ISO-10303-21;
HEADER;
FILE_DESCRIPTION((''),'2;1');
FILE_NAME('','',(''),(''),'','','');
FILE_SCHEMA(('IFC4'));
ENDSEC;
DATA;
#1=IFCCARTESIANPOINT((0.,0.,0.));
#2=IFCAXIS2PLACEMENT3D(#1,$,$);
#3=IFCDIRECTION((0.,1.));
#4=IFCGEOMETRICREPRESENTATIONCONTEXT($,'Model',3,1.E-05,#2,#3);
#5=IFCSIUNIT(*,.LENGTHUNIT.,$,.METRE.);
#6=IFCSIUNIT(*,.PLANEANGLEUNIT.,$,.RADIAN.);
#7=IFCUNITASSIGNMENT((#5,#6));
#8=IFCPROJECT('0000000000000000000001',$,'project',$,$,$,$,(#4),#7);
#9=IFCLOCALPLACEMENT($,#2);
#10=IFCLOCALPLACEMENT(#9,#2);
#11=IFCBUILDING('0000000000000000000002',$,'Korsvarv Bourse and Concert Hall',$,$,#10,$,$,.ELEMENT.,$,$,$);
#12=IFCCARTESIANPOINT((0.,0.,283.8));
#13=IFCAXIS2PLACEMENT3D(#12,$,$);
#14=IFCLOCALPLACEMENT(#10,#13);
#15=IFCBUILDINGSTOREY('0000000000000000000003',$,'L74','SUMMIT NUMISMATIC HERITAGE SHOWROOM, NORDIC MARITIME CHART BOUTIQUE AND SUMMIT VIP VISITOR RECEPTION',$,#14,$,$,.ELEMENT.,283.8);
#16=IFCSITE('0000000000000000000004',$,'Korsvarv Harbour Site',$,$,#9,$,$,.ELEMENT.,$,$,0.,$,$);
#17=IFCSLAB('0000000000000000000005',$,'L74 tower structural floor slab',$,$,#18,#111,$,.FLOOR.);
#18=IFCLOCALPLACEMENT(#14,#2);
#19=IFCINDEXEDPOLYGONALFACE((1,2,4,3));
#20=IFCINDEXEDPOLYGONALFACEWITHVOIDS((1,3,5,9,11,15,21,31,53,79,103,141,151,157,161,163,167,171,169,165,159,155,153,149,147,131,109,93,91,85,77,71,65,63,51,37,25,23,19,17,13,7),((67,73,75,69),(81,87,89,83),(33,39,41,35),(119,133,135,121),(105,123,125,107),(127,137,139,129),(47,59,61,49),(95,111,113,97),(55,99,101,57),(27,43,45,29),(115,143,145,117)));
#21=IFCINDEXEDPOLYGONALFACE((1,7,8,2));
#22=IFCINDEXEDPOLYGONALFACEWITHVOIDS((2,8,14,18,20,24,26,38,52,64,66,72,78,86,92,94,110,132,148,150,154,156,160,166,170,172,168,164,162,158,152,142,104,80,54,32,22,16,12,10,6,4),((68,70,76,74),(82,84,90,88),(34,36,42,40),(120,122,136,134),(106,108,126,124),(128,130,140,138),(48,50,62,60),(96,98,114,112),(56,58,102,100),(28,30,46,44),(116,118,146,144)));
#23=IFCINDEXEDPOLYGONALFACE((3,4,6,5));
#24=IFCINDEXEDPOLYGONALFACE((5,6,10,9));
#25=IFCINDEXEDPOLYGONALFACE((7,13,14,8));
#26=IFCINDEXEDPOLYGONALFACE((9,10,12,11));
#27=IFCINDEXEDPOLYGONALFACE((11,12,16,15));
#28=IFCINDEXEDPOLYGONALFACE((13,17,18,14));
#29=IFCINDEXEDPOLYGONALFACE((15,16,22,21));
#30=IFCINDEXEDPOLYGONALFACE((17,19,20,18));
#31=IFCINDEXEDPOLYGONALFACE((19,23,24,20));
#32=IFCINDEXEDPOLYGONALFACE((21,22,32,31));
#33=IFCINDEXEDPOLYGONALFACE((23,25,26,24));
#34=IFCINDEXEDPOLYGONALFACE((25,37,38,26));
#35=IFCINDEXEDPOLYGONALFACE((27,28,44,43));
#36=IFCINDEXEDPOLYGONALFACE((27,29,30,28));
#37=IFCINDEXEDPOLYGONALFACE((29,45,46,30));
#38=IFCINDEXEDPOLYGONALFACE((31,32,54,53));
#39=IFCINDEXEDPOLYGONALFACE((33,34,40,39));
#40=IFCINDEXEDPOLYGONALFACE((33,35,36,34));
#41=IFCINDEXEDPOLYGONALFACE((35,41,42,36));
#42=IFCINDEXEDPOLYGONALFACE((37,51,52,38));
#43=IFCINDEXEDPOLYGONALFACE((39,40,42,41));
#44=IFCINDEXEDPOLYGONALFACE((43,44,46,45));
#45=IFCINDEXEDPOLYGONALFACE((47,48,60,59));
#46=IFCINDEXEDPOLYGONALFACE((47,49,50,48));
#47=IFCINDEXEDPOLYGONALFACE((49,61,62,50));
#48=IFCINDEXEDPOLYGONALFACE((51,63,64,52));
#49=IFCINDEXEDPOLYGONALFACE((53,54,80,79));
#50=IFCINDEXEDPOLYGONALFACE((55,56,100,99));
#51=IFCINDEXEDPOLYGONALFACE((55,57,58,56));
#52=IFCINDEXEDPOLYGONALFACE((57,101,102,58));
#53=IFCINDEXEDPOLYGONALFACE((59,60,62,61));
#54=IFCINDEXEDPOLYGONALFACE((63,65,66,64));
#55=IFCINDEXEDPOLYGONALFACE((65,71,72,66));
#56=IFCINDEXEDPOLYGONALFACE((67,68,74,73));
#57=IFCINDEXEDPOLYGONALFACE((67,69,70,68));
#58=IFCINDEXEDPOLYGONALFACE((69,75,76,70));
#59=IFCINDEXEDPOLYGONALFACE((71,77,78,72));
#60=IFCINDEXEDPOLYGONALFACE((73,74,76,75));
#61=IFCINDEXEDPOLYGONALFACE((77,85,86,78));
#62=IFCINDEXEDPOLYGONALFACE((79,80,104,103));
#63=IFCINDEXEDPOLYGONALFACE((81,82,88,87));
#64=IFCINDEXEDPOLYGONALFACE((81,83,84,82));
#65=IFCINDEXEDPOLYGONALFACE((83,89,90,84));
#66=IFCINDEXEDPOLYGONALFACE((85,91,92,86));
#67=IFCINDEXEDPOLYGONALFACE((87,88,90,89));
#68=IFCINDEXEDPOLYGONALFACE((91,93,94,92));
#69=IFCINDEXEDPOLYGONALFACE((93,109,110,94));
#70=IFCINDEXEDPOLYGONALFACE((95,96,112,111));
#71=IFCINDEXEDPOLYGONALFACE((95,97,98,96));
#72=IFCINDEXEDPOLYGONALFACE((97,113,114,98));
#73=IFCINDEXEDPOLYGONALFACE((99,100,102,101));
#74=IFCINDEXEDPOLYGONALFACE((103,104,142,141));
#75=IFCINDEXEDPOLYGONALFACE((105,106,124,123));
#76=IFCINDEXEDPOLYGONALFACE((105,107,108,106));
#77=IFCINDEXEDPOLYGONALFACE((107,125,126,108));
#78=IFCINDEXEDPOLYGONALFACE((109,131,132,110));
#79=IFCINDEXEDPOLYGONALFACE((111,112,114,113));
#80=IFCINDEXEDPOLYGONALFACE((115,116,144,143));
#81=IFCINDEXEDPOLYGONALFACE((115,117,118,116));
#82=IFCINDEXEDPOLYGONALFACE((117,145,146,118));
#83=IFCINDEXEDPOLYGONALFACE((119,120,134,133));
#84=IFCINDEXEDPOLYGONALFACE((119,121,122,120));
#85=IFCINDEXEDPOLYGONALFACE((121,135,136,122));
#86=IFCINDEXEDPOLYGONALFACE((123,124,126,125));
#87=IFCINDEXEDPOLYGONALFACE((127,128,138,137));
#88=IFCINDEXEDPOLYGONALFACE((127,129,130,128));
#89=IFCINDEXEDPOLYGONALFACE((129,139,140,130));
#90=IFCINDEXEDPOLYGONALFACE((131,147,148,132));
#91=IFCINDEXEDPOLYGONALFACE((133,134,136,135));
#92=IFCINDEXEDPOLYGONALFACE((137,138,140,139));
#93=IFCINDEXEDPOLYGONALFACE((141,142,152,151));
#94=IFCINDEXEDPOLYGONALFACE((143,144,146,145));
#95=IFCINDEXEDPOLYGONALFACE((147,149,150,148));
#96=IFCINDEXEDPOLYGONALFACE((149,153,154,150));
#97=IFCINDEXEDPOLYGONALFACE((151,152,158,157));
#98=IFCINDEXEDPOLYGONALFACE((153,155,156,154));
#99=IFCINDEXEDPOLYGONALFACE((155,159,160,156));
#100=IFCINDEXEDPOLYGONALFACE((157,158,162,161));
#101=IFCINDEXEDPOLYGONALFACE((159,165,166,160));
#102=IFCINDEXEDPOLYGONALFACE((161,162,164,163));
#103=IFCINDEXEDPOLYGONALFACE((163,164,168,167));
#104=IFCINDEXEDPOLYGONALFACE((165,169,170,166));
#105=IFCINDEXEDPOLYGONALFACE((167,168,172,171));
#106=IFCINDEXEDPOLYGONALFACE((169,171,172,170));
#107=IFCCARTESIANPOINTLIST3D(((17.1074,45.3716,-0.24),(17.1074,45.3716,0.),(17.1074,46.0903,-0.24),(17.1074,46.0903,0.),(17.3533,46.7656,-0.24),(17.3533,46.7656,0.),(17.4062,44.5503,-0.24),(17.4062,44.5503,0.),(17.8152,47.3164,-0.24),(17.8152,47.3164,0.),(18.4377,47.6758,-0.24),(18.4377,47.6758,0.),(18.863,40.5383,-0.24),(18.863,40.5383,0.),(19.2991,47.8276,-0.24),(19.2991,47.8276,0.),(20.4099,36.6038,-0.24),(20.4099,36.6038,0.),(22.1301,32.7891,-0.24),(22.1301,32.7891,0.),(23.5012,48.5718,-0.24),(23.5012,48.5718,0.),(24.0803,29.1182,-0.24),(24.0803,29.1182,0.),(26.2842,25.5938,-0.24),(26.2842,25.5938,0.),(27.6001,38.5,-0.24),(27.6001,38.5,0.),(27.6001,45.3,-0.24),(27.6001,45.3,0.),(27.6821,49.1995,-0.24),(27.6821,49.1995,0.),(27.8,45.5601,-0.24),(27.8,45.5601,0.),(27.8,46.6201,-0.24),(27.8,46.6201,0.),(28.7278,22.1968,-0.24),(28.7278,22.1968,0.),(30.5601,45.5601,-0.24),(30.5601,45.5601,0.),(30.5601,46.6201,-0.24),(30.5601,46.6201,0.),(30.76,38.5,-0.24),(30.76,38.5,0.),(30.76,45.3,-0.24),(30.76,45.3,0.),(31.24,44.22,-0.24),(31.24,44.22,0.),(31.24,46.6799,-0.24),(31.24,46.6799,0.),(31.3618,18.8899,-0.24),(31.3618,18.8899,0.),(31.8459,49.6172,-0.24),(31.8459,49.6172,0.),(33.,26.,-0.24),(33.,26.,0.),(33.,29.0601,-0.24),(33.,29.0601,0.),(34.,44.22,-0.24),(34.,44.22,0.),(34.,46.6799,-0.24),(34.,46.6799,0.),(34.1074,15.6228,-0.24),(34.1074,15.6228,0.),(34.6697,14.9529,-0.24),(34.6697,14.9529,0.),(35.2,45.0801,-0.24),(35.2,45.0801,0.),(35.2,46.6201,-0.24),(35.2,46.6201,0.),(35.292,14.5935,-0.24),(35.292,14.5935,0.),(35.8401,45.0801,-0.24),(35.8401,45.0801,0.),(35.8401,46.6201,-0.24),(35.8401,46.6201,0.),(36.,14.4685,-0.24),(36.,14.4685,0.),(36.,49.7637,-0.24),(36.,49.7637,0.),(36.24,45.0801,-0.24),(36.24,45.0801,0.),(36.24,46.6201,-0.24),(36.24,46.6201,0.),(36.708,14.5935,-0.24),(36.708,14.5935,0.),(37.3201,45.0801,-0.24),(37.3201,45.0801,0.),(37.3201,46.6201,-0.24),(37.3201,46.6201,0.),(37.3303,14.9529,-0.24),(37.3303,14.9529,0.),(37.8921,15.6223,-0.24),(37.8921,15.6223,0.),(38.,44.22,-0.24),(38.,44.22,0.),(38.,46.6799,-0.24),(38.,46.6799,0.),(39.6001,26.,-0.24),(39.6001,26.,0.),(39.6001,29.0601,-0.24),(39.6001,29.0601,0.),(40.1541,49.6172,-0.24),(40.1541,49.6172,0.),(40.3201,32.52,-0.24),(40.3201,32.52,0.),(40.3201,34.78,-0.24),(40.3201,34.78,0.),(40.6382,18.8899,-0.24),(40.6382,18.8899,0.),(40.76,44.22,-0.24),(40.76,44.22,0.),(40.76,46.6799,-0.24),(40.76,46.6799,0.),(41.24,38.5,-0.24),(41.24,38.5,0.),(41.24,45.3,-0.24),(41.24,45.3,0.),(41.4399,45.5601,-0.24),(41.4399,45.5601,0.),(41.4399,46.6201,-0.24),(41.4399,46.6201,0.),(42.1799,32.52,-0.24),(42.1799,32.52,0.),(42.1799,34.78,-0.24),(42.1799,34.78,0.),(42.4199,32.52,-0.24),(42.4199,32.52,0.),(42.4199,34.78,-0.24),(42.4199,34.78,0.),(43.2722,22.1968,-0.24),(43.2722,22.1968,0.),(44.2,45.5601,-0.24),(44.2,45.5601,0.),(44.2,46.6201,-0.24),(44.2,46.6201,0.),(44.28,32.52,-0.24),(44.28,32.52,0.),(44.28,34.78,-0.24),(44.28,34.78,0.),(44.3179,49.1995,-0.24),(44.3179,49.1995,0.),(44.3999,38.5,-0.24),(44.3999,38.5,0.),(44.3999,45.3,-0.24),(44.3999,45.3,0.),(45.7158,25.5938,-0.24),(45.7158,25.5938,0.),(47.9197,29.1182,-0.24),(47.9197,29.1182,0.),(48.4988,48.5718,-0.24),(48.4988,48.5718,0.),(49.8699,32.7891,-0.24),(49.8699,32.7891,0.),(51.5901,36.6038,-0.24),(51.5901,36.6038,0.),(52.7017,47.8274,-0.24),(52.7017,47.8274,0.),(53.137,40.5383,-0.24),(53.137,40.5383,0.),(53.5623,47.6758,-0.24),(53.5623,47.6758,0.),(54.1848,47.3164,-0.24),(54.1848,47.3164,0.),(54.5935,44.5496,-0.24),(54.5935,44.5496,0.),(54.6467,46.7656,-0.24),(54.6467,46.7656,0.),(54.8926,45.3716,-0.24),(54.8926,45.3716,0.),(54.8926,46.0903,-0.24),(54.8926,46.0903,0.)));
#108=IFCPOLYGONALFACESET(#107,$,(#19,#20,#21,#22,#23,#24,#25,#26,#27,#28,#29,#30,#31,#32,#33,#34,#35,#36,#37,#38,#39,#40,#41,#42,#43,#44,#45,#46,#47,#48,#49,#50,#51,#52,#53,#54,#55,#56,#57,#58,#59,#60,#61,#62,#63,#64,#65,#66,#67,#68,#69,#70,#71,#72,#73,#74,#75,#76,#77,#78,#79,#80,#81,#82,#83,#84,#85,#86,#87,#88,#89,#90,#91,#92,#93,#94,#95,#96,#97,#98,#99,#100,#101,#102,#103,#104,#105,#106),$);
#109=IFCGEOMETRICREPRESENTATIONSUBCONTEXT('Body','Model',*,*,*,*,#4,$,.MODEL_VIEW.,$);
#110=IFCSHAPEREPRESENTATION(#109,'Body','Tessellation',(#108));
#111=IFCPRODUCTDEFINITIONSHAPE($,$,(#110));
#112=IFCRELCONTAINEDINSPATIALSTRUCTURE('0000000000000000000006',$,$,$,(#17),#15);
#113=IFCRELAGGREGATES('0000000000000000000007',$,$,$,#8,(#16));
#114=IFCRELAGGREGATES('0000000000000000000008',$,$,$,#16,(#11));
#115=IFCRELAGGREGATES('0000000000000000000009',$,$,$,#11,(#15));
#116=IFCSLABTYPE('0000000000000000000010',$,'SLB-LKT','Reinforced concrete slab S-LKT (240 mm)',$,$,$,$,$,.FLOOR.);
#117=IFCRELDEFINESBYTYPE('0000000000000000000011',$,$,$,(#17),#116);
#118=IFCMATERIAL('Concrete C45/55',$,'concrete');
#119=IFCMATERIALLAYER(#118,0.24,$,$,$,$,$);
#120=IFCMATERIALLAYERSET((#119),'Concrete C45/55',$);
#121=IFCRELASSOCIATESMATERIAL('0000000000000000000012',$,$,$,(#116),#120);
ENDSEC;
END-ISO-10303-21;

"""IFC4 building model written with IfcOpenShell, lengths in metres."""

from ifc_helpers import new_model, si_unit, direction, frame, origin, place, context, subcontext, project, spatial, polyline, outline, extrude, material, layer, layer_set, type_object, element, save


model = new_model("IFC4")

# Units and contexts
model_context = context("Model", 3, precision=1e-05, world=origin(), true_north=direction((0.0, 1.0)))
body_context = subcontext(model_context, "Body", "Model", "MODEL_VIEW")
ifc_project = project(units=[si_unit("LENGTHUNIT", "METRE"), si_unit("PLANEANGLEUNIT", "RADIAN")], contexts=[model_context])

# Site, building, storey
site_placement = place(None, origin())
site = spatial("IfcSite", under=ifc_project, at=site_placement, Name="Korsvarv Harbour Site", CompositionType="ELEMENT", RefElevation=0.0)
building_placement = place(site_placement, origin())
building = spatial("IfcBuilding", under=site, at=building_placement, Name="Korsvarv Bourse and Concert Hall", CompositionType="ELEMENT")
storey_placement = place(building_placement, frame((0.0, 0.0, 283.8)))
storey = spatial("IfcBuildingStorey", under=building, at=storey_placement, Name="L74", Description="SUMMIT NUMISMATIC HERITAGE SHOWROOM, NORDIC MARITIME CHART BOUTIQUE AND SUMMIT VIP VISITOR RECEPTION", CompositionType="ELEMENT", Elevation=283.8)

# Slab
ifc_material_1 = material(Name="Concrete C45/55", Category="concrete")
ifc_layer_1 = layer(ifc_material_1, 0.24)
ifc_layer_set_1 = layer_set([ifc_layer_1], Name="Concrete C45/55")
slab_type_1 = type_object("IfcSlabType", Name="SLB-LKT", Description="Reinforced concrete slab S-LKT (240 mm)", PredefinedType="FLOOR", material=ifc_layer_set_1)
slab_1_placement = place(storey_placement, frame((0.0, 0.0, -0.24)))
element("IfcSlab", 1, at=slab_1_placement, inside=storey, type_object=slab_type_1, Name="L74 tower structural floor slab", PredefinedType="FLOOR", context=body_context, shape_type="SweptSolid", body=[
    extrude(outline(polyline([(54.5935, 44.5496), (53.137, 40.5383), (51.5901, 36.6038), (49.8699, 32.7891), (47.9197, 29.1182), (45.7158, 25.5938), (43.2722, 22.1968), (40.6382, 18.8899), (37.8921, 15.6223), (37.3303, 14.9529), (36.708, 14.5935), (36.0, 14.4685), (35.292, 14.5935), (34.6697, 14.9529), (34.1074, 15.6228), (31.3618, 18.8899), (28.7278, 22.1968), (26.2842, 25.5938), (24.0803, 29.1182), (22.1301, 32.7891), (20.4099, 36.6038), (18.863, 40.5383), (17.4062, 44.5503), (17.1074, 45.3716), (17.1074, 46.0903), (17.3533, 46.7656), (17.8152, 47.3164), (18.4377, 47.6758), (19.2991, 47.8276), (23.5012, 48.5718), (27.6821, 49.1995), (31.8459, 49.6172), (36.0, 49.7637), (40.1541, 49.6172), (44.3179, 49.1995), (48.4988, 48.5718), (52.7017, 47.8274), (53.5623, 47.6758), (54.1848, 47.3164), (54.6467, 46.7656), (54.8926, 46.0903), (54.8926, 45.3716), (54.5935, 44.5496)]), holes=[polyline([(30.76, 38.5), (30.76, 45.3), (27.6001, 45.3), (27.6001, 38.5), (30.76, 38.5)]), polyline([(44.3999, 38.5), (44.3999, 45.3), (41.24, 45.3), (41.24, 38.5), (44.3999, 38.5)]), polyline([(33.0, 26.0), (39.6001, 26.0), (39.6001, 29.0601), (33.0, 29.0601), (33.0, 26.0)]), polyline([(31.24, 44.22), (34.0, 44.22), (34.0, 46.6799), (31.24, 46.6799), (31.24, 44.22)]), polyline([(38.0, 44.22), (40.76, 44.22), (40.76, 46.6799), (38.0, 46.6799), (38.0, 44.22)]), polyline([(40.3201, 32.52), (42.1799, 32.52), (42.1799, 34.78), (40.3201, 34.78), (40.3201, 32.52)]), polyline([(42.4199, 32.52), (44.28, 32.52), (44.28, 34.78), (42.4199, 34.78), (42.4199, 32.52)]), polyline([(27.8, 45.5601), (30.5601, 45.5601), (30.5601, 46.6201), (27.8, 46.6201), (27.8, 45.5601)]), polyline([(41.4399, 45.5601), (44.2, 45.5601), (44.2, 46.6201), (41.4399, 46.6201), (41.4399, 45.5601)]), polyline([(35.2, 45.0801), (35.8401, 45.0801), (35.8401, 46.6201), (35.2, 46.6201), (35.2, 45.0801)]), polyline([(36.24, 45.0801), (37.3201, 45.0801), (37.3201, 46.6201), (36.24, 46.6201), (36.24, 45.0801)])]), origin(), (0.0, 0.0, 1.0), 0.24),
])

save(model, "model.ifc")
